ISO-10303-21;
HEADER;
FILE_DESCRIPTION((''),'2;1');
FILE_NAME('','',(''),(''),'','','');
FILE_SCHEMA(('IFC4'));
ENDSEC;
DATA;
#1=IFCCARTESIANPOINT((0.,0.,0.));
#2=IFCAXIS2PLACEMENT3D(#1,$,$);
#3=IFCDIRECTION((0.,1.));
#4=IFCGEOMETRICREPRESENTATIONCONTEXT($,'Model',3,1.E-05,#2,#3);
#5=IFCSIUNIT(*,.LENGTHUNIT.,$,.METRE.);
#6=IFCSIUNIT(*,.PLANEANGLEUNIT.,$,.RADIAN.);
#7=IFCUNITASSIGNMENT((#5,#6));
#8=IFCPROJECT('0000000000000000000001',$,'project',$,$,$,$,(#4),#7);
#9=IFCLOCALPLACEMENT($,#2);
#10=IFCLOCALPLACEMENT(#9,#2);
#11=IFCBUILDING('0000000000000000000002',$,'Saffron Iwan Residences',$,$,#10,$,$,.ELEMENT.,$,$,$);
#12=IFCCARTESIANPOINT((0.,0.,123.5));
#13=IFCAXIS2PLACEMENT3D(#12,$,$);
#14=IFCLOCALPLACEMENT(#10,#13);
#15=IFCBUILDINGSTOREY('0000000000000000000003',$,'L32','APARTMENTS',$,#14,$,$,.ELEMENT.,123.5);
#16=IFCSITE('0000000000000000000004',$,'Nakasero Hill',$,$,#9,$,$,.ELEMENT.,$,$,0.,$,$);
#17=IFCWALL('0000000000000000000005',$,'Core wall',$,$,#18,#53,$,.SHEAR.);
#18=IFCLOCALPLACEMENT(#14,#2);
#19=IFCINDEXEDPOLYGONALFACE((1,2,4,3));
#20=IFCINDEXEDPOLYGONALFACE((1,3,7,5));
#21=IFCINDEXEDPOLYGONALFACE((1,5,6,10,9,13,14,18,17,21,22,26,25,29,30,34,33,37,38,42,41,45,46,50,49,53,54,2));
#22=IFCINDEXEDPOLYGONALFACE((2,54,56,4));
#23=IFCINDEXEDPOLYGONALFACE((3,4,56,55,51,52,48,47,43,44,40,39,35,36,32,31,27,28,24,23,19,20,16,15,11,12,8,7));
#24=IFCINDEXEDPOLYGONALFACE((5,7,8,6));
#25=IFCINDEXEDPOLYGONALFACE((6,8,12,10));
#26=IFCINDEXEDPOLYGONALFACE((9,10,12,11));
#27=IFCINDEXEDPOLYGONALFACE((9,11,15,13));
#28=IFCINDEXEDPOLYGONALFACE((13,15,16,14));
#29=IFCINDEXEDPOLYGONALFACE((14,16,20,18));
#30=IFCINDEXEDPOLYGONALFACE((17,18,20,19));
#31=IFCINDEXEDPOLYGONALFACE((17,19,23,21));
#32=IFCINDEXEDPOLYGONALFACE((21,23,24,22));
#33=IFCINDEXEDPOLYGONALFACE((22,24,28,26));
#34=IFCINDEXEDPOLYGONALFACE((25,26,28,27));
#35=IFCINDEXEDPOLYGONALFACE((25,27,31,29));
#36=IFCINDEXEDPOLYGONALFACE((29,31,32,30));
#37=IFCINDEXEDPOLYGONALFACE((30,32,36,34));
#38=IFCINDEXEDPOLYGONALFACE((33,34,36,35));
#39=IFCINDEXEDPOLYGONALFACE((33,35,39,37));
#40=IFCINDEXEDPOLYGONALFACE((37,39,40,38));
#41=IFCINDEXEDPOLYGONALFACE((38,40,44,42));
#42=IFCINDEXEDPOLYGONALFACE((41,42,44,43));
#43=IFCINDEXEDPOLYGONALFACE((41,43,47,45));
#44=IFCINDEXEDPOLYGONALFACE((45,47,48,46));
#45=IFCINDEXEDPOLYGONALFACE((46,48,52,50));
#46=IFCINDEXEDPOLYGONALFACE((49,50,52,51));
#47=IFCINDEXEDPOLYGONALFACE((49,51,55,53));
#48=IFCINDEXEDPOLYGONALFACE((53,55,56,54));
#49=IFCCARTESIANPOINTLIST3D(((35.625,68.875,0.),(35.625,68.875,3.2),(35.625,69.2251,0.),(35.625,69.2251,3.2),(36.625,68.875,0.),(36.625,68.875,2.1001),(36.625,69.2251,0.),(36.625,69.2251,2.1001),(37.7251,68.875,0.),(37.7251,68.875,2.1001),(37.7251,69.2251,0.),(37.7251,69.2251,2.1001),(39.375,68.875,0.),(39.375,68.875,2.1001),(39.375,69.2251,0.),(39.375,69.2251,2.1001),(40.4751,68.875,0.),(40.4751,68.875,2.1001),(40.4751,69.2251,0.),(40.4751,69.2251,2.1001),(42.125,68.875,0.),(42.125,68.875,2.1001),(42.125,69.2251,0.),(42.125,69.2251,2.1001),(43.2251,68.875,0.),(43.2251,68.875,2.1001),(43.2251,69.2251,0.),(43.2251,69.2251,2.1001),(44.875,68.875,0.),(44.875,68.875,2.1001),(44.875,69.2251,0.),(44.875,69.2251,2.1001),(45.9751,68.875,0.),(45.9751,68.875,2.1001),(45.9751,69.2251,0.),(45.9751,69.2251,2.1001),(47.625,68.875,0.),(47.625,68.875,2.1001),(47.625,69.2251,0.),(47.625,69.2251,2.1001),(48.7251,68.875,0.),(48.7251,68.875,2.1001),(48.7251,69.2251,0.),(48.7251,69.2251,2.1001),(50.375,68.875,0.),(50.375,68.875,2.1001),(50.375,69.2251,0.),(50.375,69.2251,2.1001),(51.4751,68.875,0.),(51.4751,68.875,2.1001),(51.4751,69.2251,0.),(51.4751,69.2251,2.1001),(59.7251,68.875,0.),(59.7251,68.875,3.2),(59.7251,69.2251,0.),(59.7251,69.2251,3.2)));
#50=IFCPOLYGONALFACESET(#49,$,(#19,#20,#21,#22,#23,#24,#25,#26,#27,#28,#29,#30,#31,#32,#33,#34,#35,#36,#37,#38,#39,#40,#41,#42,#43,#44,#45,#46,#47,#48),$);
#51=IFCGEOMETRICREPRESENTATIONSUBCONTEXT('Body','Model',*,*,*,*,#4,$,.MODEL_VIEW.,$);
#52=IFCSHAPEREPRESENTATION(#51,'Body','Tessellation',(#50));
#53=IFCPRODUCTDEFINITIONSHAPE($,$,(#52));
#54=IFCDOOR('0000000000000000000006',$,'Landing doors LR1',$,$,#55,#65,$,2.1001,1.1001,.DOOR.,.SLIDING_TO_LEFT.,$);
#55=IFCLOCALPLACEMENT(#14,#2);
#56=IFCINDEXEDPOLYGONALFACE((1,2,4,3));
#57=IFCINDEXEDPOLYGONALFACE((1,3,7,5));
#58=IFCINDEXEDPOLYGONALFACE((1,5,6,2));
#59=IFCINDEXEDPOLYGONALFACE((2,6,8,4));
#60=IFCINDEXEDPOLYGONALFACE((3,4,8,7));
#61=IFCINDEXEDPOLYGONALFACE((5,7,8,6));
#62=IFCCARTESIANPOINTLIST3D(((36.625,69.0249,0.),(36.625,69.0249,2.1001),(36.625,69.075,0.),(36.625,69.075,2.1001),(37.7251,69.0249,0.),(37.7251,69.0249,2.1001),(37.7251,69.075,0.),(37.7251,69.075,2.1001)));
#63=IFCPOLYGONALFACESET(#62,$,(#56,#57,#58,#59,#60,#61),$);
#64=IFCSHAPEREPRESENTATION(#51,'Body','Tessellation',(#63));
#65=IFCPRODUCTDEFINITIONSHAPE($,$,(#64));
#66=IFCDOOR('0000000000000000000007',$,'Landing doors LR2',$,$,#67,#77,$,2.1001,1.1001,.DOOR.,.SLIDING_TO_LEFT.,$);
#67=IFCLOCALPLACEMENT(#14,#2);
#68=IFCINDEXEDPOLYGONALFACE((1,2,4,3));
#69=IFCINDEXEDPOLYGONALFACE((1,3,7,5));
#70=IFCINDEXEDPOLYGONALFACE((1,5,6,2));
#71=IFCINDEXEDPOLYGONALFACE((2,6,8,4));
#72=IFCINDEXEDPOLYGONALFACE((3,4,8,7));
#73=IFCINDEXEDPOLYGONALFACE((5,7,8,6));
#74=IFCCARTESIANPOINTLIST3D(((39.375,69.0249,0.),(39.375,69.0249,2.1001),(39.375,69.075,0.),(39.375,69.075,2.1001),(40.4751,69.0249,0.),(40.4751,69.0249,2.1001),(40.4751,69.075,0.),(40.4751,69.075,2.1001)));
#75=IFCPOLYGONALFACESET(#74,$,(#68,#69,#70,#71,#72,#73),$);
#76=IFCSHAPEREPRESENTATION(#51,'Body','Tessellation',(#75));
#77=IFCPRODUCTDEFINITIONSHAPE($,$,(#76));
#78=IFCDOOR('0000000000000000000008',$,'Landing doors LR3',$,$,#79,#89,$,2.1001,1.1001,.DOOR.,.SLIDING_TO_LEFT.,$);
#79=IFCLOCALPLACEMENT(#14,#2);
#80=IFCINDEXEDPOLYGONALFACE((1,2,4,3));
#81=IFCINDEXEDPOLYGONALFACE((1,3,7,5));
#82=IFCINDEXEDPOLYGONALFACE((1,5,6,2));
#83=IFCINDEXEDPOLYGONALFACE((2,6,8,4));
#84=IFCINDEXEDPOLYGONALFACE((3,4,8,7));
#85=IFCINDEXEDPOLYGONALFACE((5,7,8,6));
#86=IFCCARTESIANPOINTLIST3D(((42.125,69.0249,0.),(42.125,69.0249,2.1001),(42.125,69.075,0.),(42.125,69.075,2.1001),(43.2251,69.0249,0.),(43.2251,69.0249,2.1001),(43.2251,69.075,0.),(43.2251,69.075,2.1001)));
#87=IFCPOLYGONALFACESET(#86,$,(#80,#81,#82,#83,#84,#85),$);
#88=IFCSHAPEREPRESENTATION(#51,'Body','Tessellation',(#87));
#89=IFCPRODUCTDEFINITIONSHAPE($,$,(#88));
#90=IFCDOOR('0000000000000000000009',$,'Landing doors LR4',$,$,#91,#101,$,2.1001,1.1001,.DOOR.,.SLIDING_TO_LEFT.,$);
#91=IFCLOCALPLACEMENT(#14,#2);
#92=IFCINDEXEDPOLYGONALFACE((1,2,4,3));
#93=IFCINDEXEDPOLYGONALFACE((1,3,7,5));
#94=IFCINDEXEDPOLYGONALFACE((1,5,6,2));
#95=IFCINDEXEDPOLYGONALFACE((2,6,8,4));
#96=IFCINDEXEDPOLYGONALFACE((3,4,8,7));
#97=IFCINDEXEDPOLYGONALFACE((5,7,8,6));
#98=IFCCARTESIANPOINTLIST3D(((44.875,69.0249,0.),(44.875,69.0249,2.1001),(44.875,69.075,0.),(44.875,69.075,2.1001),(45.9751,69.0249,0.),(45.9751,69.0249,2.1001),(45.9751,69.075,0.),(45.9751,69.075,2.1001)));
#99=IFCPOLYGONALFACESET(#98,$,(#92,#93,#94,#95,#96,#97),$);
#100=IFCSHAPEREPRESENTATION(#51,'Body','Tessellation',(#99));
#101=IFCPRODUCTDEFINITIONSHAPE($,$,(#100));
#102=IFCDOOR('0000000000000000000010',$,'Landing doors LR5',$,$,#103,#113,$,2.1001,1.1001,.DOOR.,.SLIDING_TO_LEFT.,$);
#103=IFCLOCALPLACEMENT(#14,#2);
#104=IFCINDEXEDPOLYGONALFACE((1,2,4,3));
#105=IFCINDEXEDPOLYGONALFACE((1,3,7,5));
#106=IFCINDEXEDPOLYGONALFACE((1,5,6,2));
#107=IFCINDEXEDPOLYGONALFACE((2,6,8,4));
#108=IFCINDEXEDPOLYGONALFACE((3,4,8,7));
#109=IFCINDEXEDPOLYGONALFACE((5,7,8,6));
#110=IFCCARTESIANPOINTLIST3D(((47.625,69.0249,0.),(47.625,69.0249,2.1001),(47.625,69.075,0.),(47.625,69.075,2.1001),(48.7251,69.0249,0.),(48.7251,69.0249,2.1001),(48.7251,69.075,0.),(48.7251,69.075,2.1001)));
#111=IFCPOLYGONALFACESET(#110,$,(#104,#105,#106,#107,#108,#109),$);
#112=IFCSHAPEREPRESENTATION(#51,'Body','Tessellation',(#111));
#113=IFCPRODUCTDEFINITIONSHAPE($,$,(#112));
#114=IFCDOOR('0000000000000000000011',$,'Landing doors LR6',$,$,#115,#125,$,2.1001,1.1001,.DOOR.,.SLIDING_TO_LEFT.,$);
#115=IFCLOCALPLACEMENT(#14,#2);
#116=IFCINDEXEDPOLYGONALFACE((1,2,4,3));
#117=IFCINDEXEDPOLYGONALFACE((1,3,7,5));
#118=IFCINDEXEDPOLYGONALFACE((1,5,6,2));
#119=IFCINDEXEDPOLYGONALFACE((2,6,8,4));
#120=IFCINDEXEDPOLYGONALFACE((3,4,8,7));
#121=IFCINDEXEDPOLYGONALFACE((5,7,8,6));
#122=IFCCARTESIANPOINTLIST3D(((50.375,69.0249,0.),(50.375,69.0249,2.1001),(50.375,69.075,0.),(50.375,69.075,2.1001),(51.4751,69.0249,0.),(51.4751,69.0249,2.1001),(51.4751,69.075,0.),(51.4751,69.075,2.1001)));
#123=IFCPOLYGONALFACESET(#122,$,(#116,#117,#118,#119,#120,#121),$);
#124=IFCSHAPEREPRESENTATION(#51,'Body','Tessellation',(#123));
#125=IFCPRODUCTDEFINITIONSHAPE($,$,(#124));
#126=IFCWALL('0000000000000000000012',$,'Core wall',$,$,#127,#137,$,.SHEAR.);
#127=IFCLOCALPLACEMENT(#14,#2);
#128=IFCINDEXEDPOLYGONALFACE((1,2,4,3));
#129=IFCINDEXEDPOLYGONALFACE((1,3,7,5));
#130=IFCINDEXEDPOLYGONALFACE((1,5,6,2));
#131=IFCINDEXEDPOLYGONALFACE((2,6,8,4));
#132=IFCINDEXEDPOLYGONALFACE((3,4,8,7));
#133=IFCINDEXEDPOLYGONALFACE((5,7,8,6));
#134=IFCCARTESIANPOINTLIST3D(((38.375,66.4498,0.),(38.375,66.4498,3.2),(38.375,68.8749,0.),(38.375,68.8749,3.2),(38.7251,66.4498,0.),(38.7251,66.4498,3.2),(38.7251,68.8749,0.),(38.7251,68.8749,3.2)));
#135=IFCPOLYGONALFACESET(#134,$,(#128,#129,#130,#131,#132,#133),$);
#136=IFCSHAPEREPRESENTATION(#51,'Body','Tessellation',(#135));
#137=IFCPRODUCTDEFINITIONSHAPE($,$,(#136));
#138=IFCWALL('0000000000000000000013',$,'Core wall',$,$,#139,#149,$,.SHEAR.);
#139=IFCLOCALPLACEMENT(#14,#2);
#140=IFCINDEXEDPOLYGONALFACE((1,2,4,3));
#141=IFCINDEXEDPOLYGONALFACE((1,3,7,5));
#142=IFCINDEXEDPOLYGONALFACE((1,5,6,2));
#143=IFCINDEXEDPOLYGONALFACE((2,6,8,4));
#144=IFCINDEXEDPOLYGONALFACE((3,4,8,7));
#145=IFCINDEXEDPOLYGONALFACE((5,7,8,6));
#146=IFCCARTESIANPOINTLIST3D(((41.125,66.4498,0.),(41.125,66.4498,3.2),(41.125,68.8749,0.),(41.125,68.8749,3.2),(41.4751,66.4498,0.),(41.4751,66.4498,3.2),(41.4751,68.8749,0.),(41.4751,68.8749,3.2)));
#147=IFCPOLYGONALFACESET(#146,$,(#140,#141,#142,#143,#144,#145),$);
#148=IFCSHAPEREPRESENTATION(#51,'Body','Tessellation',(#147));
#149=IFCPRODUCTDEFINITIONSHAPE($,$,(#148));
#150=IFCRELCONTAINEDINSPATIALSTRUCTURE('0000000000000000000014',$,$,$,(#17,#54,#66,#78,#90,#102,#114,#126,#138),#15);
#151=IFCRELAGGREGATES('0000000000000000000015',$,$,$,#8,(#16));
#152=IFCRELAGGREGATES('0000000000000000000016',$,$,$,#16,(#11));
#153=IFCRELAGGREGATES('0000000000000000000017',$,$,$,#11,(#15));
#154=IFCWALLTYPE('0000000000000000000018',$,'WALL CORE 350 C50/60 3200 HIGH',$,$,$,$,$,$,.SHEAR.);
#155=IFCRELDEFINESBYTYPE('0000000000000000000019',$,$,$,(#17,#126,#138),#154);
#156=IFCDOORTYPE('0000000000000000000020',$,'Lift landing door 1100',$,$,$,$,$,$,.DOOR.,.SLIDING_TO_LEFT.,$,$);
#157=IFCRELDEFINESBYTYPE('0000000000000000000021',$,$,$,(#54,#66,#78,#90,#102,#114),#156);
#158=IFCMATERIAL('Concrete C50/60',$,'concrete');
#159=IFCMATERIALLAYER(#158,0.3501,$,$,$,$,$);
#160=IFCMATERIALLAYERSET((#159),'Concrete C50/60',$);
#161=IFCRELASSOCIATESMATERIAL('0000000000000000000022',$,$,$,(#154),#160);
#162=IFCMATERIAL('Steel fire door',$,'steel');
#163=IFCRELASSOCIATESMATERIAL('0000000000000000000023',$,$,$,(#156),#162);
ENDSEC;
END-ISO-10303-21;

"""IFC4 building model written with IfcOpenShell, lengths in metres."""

from ifc_helpers import new_model, si_unit, direction, frame, frame_2d, origin, place, context, subcontext, project, spatial, rectangle, extrude, material, layer, layer_set, type_object, element, fill, save


model = new_model("IFC4")

# Units and contexts
model_context = context("Model", 3, precision=1e-05, world=origin(), true_north=direction((0.0, 1.0)))
body_context = subcontext(model_context, "Body", "Model", "MODEL_VIEW")
ifc_project = project(units=[si_unit("LENGTHUNIT", "METRE"), si_unit("PLANEANGLEUNIT", "RADIAN")], contexts=[model_context])

# Site, building, storey
site_placement = place(None, origin())
site = spatial("IfcSite", under=ifc_project, at=site_placement, Name="Nakasero Hill", CompositionType="ELEMENT", RefElevation=0.0)
building_placement = place(site_placement, origin())
building = spatial("IfcBuilding", under=site, at=building_placement, Name="Saffron Iwan Residences", CompositionType="ELEMENT")
storey_placement = place(building_placement, frame((0.0, 0.0, 123.5)))
storey = spatial("IfcBuildingStorey", under=building, at=storey_placement, Name="L32", Description="APARTMENTS", CompositionType="ELEMENT", Elevation=123.5)

# Wall, openings, doors
ifc_material_1 = material(Name="Concrete C50/60", Category="concrete")
ifc_layer_1 = layer(ifc_material_1, 0.3501)
ifc_layer_set_1 = layer_set([ifc_layer_1], Name="Concrete C50/60")
wall_type = type_object("IfcWallType", Name="WALL CORE 350 C50/60 3200 HIGH", PredefinedType="SHEAR", material=ifc_layer_set_1)
wall_1_placement = place(storey_placement, frame((35.625, 69.05, 0.0), z_axis=(0.0, 0.0, 1.0), x_axis=(1.0, 0.0, 0.0)))
wall_1 = element("IfcWall", 1, at=wall_1_placement, inside=storey, type_object=wall_type, Name="Core wall", PredefinedType="SHEAR", context=body_context, shape_type="SweptSolid", body=[
    extrude(rectangle(XDim=24.1001, YDim=0.3501, at=frame_2d((12.05, 0.0))), origin(), (0.0, 0.0, 1.0), 3.2),
])
opening_1_placement = place(wall_1_placement, frame((1.0, 0.0, 0.0)))
opening_1 = element("IfcOpeningElement", 2, at=opening_1_placement, cuts=wall_1, PredefinedType="OPENING", context=body_context, shape_type="SweptSolid", body=[
    extrude(rectangle(XDim=1.1001, YDim=2.1001, at=frame_2d((0.55, 1.05))), frame((0.0, 0.1851, 0.0), z_axis=(0.0, -1.0, 0.0), x_axis=(1.0, 0.0, 0.0)), (0.0, 0.0, 1.0), 0.3701),
])
opening_2_placement = place(wall_1_placement, frame((3.75, 0.0, 0.0)))
opening_2 = element("IfcOpeningElement", 3, at=opening_2_placement, cuts=wall_1, PredefinedType="OPENING", context=body_context, shape_type="SweptSolid", body=[
    extrude(rectangle(XDim=1.1001, YDim=2.1001, at=frame_2d((0.55, 1.05))), frame((0.0, 0.1851, 0.0), z_axis=(0.0, -1.0, 0.0), x_axis=(1.0, 0.0, 0.0)), (0.0, 0.0, 1.0), 0.3701),
])
opening_3_placement = place(wall_1_placement, frame((6.5, 0.0, 0.0)))
opening_3 = element("IfcOpeningElement", 4, at=opening_3_placement, cuts=wall_1, PredefinedType="OPENING", context=body_context, shape_type="SweptSolid", body=[
    extrude(rectangle(XDim=1.1001, YDim=2.1001, at=frame_2d((0.55, 1.05))), frame((0.0, 0.1851, 0.0), z_axis=(0.0, -1.0, 0.0), x_axis=(1.0, 0.0, 0.0)), (0.0, 0.0, 1.0), 0.3701),
])
opening_4_placement = place(wall_1_placement, frame((9.25, 0.0, 0.0)))
opening_4 = element("IfcOpeningElement", 5, at=opening_4_placement, cuts=wall_1, PredefinedType="OPENING", context=body_context, shape_type="SweptSolid", body=[
    extrude(rectangle(XDim=1.1001, YDim=2.1001, at=frame_2d((0.55, 1.05))), frame((0.0, 0.1851, 0.0), z_axis=(0.0, -1.0, 0.0), x_axis=(1.0, 0.0, 0.0)), (0.0, 0.0, 1.0), 0.3701),
])
opening_5_placement = place(wall_1_placement, frame((12.0, 0.0, 0.0)))
opening_5 = element("IfcOpeningElement", 6, at=opening_5_placement, cuts=wall_1, PredefinedType="OPENING", context=body_context, shape_type="SweptSolid", body=[
    extrude(rectangle(XDim=1.1001, YDim=2.1001, at=frame_2d((0.55, 1.05))), frame((0.0, 0.1851, 0.0), z_axis=(0.0, -1.0, 0.0), x_axis=(1.0, 0.0, 0.0)), (0.0, 0.0, 1.0), 0.3701),
])
opening_6_placement = place(wall_1_placement, frame((14.75, 0.0, 0.0)))
opening_6 = element("IfcOpeningElement", 7, at=opening_6_placement, cuts=wall_1, PredefinedType="OPENING", context=body_context, shape_type="SweptSolid", body=[
    extrude(rectangle(XDim=1.1001, YDim=2.1001, at=frame_2d((0.55, 1.05))), frame((0.0, 0.1851, 0.0), z_axis=(0.0, -1.0, 0.0), x_axis=(1.0, 0.0, 0.0)), (0.0, 0.0, 1.0), 0.3701),
])
ifc_material_2 = material(Name="Steel fire door", Category="steel")
door_type_1 = type_object("IfcDoorType", Name="Lift landing door 1100", OperationType="SLIDING_TO_LEFT", PredefinedType="DOOR", material=ifc_material_2)
door_1_placement = place(opening_1_placement, origin())
door_1 = element("IfcDoor", 8, at=door_1_placement, inside=storey, type_object=door_type_1, Name="Landing doors LR1", OperationType="SLIDING_TO_LEFT", OverallHeight=2.1001, OverallWidth=1.1001, PredefinedType="DOOR", context=body_context, shape_type="SweptSolid", body=[
    extrude(rectangle(XDim=1.1001, YDim=2.1001, at=frame_2d((0.55, 1.05))), frame((0.0, 0.0249, 0.0), z_axis=(0.0, -1.0, 0.0), x_axis=(1.0, 0.0, 0.0)), (0.0, 0.0, 1.0), 0.05),
])
fill(opening_1, door_1)
door_2_placement = place(opening_2_placement, origin())
door_2 = element("IfcDoor", 9, at=door_2_placement, inside=storey, type_object=door_type_1, Name="Landing doors LR2", OperationType="SLIDING_TO_LEFT", OverallHeight=2.1001, OverallWidth=1.1001, PredefinedType="DOOR", context=body_context, shape_type="SweptSolid", body=[
    extrude(rectangle(XDim=1.1001, YDim=2.1001, at=frame_2d((0.55, 1.05))), frame((0.0, 0.0249, 0.0), z_axis=(0.0, -1.0, 0.0), x_axis=(1.0, 0.0, 0.0)), (0.0, 0.0, 1.0), 0.05),
])
fill(opening_2, door_2)
door_3_placement = place(opening_3_placement, origin())
door_3 = element("IfcDoor", 10, at=door_3_placement, inside=storey, type_object=door_type_1, Name="Landing doors LR3", OperationType="SLIDING_TO_LEFT", OverallHeight=2.1001, OverallWidth=1.1001, PredefinedType="DOOR", context=body_context, shape_type="SweptSolid", body=[
    extrude(rectangle(XDim=1.1001, YDim=2.1001, at=frame_2d((0.55, 1.05))), frame((0.0, 0.0249, 0.0), z_axis=(0.0, -1.0, 0.0), x_axis=(1.0, 0.0, 0.0)), (0.0, 0.0, 1.0), 0.05),
])
fill(opening_3, door_3)
door_4_placement = place(opening_4_placement, origin())
door_4 = element("IfcDoor", 11, at=door_4_placement, inside=storey, type_object=door_type_1, Name="Landing doors LR4", OperationType="SLIDING_TO_LEFT", OverallHeight=2.1001, OverallWidth=1.1001, PredefinedType="DOOR", context=body_context, shape_type="SweptSolid", body=[
    extrude(rectangle(XDim=1.1001, YDim=2.1001, at=frame_2d((0.55, 1.05))), frame((0.0, 0.0249, 0.0), z_axis=(0.0, -1.0, 0.0), x_axis=(1.0, 0.0, 0.0)), (0.0, 0.0, 1.0), 0.05),
])
fill(opening_4, door_4)
door_5_placement = place(opening_5_placement, origin())
door_5 = element("IfcDoor", 12, at=door_5_placement, inside=storey, type_object=door_type_1, Name="Landing doors LR5", OperationType="SLIDING_TO_LEFT", OverallHeight=2.1001, OverallWidth=1.1001, PredefinedType="DOOR", context=body_context, shape_type="SweptSolid", body=[
    extrude(rectangle(XDim=1.1001, YDim=2.1001, at=frame_2d((0.55, 1.05))), frame((0.0, 0.0249, 0.0), z_axis=(0.0, -1.0, 0.0), x_axis=(1.0, 0.0, 0.0)), (0.0, 0.0, 1.0), 0.05),
])
fill(opening_5, door_5)
door_6_placement = place(opening_6_placement, origin())
door_6 = element("IfcDoor", 13, at=door_6_placement, inside=storey, type_object=door_type_1, Name="Landing doors LR6", OperationType="SLIDING_TO_LEFT", OverallHeight=2.1001, OverallWidth=1.1001, PredefinedType="DOOR", context=body_context, shape_type="SweptSolid", body=[
    extrude(rectangle(XDim=1.1001, YDim=2.1001, at=frame_2d((0.55, 1.05))), frame((0.0, 0.0249, 0.0), z_axis=(0.0, -1.0, 0.0), x_axis=(1.0, 0.0, 0.0)), (0.0, 0.0, 1.0), 0.05),
])
fill(opening_6, door_6)

# Walls
for number, where, z_axis, x_axis, name in (
    (14, (38.55, 66.45, 0.0), (0.0, 0.0, 1.0), (0.0, 1.0, 0.0), "Core wall"),
    (15, (41.3, 66.45, 0.0), (0.0, 0.0, 1.0), (0.0, 1.0, 0.0), "Core wall"),
):
    element("IfcWall", number, at=place(storey_placement, frame(where, z_axis=z_axis, x_axis=x_axis)), inside=storey, type_object=wall_type, Name=name, PredefinedType="SHEAR", context=body_context, shape_type="SweptSolid", body=[
        extrude(rectangle(XDim=2.425, YDim=0.3501, at=frame_2d((1.2124, 0.0))), origin(), (0.0, 0.0, 1.0), 3.2),
    ])

save(model, "model.ifc")
